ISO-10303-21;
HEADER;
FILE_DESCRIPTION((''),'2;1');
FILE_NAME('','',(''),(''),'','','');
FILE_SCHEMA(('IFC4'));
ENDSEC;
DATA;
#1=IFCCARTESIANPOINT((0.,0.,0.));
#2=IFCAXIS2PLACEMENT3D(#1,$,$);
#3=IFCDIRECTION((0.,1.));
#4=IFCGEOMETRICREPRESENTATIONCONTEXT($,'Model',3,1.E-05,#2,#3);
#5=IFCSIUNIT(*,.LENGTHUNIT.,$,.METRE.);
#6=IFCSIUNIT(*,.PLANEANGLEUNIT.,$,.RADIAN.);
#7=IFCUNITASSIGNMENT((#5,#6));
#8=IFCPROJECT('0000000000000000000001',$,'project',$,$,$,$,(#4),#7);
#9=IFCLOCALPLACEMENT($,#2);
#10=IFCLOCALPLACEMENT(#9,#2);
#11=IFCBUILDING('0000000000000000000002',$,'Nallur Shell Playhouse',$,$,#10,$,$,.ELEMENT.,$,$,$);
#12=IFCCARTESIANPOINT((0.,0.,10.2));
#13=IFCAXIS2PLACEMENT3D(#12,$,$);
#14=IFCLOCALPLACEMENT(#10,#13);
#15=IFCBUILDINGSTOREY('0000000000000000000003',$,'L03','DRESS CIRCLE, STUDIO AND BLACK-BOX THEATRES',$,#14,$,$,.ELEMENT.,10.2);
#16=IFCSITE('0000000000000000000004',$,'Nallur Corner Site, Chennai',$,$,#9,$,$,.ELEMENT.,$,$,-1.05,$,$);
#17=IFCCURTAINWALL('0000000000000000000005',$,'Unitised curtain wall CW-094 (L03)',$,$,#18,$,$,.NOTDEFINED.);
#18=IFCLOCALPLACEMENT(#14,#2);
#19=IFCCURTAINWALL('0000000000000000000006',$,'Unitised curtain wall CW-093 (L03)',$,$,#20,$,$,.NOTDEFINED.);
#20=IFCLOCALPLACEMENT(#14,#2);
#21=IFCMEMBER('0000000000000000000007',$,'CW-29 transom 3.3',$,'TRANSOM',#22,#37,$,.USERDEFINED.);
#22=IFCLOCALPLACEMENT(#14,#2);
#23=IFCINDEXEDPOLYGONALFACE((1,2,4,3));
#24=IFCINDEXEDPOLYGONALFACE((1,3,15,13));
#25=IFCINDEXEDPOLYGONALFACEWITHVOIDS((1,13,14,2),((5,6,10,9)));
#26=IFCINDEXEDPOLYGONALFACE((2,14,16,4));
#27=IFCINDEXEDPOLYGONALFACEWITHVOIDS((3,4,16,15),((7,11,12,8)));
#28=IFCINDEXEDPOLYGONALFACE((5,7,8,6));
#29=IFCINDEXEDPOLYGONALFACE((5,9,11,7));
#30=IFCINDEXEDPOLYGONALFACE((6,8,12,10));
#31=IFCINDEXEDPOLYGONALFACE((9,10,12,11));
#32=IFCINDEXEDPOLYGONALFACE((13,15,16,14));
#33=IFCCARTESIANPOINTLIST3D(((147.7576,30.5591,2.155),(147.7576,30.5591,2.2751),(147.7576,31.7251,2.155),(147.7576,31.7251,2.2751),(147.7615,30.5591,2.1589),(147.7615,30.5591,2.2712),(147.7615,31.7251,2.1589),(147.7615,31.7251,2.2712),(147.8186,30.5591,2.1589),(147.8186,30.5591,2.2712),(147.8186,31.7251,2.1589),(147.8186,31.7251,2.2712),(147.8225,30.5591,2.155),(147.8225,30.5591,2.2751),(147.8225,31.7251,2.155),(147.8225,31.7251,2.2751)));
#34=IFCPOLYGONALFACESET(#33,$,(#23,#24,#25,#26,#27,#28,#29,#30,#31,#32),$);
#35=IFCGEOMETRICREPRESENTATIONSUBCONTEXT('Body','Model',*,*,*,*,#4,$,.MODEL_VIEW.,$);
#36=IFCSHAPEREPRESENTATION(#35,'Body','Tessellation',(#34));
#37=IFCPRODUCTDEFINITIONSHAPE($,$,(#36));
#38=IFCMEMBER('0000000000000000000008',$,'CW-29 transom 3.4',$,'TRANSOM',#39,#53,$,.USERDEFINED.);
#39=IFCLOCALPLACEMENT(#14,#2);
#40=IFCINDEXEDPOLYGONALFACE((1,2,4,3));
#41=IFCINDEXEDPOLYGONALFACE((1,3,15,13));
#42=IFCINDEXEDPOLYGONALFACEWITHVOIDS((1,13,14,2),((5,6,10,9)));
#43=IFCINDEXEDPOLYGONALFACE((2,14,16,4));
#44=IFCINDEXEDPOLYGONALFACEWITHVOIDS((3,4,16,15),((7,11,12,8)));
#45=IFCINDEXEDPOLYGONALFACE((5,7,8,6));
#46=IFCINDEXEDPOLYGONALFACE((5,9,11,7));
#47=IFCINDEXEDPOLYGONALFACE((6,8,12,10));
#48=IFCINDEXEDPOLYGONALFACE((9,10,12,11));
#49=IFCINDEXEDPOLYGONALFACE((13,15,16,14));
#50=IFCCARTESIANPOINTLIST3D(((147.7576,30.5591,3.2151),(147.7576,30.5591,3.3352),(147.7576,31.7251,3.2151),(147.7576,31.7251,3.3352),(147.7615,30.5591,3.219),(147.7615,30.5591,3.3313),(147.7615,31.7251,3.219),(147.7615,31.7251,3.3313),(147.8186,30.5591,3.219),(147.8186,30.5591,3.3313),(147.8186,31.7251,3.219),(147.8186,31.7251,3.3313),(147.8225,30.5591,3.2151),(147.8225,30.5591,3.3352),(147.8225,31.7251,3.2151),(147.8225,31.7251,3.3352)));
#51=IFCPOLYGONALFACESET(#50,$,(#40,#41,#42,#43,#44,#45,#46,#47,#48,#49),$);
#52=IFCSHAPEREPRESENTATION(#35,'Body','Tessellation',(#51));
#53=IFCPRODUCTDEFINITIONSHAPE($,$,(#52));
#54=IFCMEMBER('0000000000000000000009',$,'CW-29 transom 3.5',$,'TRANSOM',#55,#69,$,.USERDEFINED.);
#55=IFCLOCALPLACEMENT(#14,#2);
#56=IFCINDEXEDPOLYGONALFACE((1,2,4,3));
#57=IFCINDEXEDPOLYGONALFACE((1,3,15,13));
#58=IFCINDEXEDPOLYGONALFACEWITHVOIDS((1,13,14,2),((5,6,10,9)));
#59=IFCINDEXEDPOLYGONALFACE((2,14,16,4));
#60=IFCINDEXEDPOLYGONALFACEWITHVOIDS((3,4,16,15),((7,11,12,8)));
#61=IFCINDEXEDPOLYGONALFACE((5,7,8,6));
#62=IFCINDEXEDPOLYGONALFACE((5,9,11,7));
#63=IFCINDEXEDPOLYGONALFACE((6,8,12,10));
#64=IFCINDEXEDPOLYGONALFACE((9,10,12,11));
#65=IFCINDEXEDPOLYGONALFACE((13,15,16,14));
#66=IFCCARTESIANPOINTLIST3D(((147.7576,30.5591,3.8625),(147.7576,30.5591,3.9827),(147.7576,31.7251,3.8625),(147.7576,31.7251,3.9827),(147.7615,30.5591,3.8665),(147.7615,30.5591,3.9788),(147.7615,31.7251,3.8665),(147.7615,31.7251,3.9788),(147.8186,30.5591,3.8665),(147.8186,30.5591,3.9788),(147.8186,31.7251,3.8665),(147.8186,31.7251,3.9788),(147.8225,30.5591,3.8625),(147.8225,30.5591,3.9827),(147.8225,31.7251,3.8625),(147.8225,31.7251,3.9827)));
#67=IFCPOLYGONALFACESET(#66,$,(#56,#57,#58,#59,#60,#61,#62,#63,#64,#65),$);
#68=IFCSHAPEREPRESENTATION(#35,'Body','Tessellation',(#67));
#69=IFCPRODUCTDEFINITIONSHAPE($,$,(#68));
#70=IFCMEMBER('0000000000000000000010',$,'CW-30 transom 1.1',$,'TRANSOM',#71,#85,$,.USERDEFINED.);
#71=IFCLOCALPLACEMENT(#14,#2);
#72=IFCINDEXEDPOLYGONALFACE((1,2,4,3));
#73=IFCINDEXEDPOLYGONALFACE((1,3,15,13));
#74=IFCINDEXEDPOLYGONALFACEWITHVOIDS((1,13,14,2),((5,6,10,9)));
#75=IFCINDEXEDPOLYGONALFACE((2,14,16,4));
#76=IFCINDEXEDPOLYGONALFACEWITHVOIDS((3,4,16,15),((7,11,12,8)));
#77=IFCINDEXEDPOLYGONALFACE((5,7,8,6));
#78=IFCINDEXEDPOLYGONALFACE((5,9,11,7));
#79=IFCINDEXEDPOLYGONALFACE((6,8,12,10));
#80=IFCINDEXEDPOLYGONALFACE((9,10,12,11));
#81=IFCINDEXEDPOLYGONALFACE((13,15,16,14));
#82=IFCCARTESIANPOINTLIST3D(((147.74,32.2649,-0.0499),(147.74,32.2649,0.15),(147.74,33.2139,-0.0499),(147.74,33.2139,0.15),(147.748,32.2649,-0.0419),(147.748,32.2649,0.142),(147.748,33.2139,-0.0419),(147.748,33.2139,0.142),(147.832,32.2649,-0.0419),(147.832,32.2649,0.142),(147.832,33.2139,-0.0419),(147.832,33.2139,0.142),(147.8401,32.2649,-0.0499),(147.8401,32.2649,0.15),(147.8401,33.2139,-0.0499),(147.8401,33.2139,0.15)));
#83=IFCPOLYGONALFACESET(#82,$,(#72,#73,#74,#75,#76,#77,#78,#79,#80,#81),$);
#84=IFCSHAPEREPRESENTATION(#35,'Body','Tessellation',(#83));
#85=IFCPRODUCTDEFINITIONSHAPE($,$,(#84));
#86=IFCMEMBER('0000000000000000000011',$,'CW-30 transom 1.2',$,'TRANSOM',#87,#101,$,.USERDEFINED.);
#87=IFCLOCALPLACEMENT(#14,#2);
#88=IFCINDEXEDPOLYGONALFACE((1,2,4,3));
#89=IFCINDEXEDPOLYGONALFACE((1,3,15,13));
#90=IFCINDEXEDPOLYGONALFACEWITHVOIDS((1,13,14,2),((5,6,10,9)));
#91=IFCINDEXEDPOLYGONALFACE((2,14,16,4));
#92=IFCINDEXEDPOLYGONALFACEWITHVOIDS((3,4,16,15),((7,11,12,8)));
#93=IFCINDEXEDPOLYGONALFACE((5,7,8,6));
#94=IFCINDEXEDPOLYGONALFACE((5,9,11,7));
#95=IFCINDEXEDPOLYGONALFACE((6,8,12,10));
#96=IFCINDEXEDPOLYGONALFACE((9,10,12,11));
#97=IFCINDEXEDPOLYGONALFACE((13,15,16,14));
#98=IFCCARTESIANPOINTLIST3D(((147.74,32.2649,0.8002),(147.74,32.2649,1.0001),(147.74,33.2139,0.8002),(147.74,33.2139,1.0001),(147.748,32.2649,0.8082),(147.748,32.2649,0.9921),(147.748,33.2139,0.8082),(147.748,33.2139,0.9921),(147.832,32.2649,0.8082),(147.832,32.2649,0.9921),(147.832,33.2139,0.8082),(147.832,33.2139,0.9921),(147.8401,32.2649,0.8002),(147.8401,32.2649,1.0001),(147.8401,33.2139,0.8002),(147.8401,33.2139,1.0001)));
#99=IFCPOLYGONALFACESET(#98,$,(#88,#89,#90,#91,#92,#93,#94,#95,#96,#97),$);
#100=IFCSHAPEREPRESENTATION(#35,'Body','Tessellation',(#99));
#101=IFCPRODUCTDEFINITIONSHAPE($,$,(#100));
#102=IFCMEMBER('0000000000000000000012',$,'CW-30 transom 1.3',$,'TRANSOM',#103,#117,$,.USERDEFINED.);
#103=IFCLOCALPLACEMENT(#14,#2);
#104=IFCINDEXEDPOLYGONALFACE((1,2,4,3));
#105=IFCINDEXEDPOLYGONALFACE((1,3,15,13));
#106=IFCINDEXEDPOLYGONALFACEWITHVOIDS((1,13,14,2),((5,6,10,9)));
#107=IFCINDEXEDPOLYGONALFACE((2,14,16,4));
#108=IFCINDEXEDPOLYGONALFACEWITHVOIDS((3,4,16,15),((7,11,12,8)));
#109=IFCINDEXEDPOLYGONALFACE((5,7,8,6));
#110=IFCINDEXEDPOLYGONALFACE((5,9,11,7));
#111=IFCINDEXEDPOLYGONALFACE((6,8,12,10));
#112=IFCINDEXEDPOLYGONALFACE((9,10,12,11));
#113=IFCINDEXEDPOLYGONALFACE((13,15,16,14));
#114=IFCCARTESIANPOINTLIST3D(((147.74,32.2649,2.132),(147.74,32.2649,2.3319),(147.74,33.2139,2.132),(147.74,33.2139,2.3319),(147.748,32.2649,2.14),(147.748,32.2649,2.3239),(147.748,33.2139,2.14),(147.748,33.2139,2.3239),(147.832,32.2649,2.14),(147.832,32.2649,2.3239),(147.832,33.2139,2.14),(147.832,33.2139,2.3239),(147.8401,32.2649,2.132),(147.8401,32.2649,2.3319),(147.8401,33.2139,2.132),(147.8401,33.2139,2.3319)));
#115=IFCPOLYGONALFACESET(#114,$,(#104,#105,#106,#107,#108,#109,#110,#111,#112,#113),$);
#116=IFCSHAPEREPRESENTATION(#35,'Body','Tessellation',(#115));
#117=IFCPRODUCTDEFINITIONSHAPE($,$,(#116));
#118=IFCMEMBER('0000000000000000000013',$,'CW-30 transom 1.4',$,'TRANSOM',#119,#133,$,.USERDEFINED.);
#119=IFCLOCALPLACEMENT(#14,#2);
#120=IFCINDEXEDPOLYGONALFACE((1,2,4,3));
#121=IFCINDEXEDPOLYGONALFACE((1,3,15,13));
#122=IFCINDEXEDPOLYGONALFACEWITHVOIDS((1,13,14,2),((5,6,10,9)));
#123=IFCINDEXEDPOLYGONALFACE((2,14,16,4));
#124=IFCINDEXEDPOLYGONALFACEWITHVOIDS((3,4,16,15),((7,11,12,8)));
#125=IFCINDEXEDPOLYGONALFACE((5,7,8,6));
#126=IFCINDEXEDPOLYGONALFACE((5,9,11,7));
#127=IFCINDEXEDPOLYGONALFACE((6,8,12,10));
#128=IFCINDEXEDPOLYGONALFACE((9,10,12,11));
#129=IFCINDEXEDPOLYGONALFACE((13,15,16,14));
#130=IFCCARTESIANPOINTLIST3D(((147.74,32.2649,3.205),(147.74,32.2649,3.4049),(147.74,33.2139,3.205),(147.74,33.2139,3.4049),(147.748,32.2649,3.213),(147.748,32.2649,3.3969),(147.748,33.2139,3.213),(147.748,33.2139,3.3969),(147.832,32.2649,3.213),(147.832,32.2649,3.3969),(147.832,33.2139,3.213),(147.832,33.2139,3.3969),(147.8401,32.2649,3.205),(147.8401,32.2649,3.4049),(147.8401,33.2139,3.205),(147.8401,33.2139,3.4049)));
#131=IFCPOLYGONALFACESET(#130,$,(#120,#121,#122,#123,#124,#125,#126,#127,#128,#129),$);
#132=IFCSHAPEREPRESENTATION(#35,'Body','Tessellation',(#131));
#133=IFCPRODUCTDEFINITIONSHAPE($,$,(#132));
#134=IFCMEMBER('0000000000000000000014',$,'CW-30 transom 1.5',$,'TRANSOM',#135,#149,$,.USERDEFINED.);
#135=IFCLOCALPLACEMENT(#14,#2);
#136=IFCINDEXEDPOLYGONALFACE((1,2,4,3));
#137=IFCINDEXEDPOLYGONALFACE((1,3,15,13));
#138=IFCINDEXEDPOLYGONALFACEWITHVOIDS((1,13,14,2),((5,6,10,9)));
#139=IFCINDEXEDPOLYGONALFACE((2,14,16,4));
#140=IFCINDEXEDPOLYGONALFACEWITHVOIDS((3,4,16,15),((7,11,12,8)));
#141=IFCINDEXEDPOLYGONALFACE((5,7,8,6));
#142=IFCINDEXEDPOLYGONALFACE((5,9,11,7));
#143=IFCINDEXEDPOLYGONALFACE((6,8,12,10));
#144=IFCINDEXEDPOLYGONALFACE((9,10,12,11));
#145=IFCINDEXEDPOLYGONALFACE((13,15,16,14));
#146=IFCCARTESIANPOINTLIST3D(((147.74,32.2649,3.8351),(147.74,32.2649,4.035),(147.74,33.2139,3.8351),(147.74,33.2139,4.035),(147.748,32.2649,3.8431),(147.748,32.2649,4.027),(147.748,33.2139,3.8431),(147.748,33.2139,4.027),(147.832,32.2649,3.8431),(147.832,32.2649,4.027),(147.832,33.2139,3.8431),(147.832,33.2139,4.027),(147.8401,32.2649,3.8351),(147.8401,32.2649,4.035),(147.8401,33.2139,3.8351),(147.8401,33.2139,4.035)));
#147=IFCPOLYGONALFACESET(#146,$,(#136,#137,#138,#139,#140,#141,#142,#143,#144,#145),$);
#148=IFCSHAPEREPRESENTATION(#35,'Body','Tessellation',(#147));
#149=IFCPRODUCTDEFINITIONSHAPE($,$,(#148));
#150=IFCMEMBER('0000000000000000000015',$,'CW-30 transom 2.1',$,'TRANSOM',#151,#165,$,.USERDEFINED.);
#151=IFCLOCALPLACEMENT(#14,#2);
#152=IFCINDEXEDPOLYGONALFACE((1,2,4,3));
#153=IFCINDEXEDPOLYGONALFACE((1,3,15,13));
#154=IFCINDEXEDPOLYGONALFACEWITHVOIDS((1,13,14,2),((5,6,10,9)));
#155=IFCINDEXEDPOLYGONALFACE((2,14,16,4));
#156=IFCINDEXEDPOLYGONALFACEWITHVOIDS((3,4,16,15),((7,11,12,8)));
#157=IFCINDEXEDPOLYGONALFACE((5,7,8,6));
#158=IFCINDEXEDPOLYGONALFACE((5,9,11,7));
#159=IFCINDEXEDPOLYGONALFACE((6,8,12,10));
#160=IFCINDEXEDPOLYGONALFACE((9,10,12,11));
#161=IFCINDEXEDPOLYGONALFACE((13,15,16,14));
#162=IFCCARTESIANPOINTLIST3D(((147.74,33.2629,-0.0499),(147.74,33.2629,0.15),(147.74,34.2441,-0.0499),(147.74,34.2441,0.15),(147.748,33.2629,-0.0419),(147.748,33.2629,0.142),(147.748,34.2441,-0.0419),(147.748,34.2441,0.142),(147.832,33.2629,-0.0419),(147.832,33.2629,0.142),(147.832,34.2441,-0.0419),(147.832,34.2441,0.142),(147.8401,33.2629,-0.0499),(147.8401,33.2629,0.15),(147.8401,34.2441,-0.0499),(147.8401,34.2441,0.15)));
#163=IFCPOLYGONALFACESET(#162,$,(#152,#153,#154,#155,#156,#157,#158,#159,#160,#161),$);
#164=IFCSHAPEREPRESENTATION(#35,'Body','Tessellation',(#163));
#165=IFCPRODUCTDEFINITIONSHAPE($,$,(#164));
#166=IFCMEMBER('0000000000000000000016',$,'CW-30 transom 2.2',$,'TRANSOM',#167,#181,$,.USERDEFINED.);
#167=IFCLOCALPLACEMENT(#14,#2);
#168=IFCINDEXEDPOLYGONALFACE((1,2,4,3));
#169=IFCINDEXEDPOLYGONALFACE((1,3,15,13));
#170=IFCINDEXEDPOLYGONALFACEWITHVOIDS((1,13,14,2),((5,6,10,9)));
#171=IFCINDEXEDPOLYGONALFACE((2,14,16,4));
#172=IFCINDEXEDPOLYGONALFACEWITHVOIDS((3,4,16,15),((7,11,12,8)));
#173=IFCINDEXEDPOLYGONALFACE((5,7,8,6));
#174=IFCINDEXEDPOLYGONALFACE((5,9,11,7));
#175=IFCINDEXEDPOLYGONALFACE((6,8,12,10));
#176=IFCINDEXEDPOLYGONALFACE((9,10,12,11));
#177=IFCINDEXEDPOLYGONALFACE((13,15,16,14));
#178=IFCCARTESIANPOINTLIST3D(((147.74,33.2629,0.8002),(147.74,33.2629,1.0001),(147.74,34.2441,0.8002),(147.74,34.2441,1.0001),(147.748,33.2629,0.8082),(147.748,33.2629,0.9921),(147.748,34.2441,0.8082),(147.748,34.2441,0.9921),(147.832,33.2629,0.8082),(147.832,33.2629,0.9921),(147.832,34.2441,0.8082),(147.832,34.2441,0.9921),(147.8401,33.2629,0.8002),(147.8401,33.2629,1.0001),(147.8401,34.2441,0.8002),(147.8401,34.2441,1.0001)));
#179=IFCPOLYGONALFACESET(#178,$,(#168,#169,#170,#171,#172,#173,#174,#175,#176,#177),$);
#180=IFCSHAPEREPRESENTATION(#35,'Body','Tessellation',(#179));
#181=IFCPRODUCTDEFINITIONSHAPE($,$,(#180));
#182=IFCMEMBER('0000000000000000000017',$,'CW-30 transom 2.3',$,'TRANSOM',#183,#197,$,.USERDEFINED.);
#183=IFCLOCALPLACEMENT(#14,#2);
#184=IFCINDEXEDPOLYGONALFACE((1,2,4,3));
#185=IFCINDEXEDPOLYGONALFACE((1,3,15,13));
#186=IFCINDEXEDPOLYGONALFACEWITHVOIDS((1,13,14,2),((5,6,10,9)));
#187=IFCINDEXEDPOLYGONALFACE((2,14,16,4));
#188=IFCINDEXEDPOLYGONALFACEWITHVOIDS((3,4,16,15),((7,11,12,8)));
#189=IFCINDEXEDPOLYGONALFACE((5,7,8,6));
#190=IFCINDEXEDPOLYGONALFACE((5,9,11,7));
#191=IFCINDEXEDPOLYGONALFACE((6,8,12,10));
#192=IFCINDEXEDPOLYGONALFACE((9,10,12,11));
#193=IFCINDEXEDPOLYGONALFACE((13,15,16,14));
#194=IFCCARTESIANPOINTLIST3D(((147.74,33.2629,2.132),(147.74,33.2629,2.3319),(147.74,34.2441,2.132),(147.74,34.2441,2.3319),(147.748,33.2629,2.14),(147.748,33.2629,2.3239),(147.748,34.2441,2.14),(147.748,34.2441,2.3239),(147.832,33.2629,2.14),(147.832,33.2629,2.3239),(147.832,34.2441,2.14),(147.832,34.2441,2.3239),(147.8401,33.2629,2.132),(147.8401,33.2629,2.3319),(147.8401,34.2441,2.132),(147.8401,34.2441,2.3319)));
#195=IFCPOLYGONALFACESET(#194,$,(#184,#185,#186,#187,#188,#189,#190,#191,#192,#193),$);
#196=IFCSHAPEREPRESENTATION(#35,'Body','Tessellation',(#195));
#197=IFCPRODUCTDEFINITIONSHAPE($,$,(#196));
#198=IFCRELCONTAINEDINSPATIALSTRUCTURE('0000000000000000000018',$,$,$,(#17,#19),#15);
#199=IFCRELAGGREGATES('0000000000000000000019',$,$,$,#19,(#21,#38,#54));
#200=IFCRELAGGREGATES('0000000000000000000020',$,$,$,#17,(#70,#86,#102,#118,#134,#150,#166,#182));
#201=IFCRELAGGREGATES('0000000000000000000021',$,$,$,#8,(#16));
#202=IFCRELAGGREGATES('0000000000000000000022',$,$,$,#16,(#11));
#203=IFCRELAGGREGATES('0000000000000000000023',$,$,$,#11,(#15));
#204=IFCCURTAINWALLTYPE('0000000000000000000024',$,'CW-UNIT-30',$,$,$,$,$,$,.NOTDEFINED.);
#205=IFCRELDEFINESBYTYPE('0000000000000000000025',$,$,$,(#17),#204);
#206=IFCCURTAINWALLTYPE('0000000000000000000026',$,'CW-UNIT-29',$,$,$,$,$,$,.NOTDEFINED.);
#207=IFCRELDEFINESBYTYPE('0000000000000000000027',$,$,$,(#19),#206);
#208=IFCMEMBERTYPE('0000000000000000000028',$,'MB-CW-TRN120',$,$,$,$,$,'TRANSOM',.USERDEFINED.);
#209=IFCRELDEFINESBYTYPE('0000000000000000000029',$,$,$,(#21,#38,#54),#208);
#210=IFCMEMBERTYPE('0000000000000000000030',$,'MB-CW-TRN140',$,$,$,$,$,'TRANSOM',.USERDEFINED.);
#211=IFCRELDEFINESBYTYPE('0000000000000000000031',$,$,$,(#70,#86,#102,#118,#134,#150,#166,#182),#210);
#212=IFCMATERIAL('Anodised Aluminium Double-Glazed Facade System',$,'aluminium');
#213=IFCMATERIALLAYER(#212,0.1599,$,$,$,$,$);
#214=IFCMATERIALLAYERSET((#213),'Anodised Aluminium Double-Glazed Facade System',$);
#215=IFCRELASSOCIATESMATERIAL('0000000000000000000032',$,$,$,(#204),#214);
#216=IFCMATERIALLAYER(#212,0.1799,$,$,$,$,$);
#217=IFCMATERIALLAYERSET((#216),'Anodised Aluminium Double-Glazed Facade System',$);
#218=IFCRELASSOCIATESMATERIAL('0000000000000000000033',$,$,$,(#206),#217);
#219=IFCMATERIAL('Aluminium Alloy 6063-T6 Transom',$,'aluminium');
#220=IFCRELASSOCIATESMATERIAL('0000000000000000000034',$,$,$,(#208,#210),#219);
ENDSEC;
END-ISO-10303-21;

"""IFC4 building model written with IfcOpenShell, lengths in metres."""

from ifc_helpers import new_model, si_unit, direction, frame, origin, origin_2d, place, context, subcontext, project, spatial, hollow_rectangle, extrude, material, layer, layer_set, material_profile, profile_set, type_object, element, aggregate, save


model = new_model("IFC4")

# Units and contexts
model_context = context("Model", 3, precision=1e-05, world=origin(), true_north=direction((0.0, 1.0)))
body_context = subcontext(model_context, "Body", "Model", "MODEL_VIEW")
ifc_project = project(units=[si_unit("LENGTHUNIT", "METRE"), si_unit("PLANEANGLEUNIT", "RADIAN")], contexts=[model_context])

# Site, building, storey
site_placement = place(None, origin())
site = spatial("IfcSite", under=ifc_project, at=site_placement, Name="Nallur Corner Site, Chennai", CompositionType="ELEMENT", RefElevation=-1.05)
building_placement = place(site_placement, origin())
building = spatial("IfcBuilding", under=site, at=building_placement, Name="Nallur Shell Playhouse", CompositionType="ELEMENT")
storey_placement = place(building_placement, frame((0.0, 0.0, 10.2)))
storey = spatial("IfcBuildingStorey", under=building, at=storey_placement, Name="L03", Description="DRESS CIRCLE, STUDIO AND BLACK-BOX THEATRES", CompositionType="ELEMENT", Elevation=10.2)

# Curtain walls, members
ifc_material_1 = material(Name="Anodised Aluminium Double-Glazed Facade System", Category="aluminium")
ifc_layer_1 = layer(ifc_material_1, 0.1599)
ifc_layer_set_1 = layer_set([ifc_layer_1], Name="Anodised Aluminium Double-Glazed Facade System")
curtain_wall_type_1 = type_object("IfcCurtainWallType", Name="CW-UNIT-30", PredefinedType="NOTDEFINED", material=ifc_layer_set_1)
curtain_wall_1_placement = place(storey_placement, origin())
curtain_wall_1 = element("IfcCurtainWall", 1, at=curtain_wall_1_placement, inside=storey, type_object=curtain_wall_type_1, Name="Unitised curtain wall CW-094 (L03)", PredefinedType="NOTDEFINED")
ifc_layer_2 = layer(ifc_material_1, 0.1799)
ifc_layer_set_2 = layer_set([ifc_layer_2], Name="Anodised Aluminium Double-Glazed Facade System")
curtain_wall_type_2 = type_object("IfcCurtainWallType", Name="CW-UNIT-29", PredefinedType="NOTDEFINED", material=ifc_layer_set_2)
curtain_wall_2_placement = place(storey_placement, origin())
curtain_wall_2 = element("IfcCurtainWall", 2, at=curtain_wall_2_placement, inside=storey, type_object=curtain_wall_type_2, Name="Unitised curtain wall CW-093 (L03)", PredefinedType="NOTDEFINED")
ifc_material_2 = material(Name="Aluminium Alloy 6063-T6 Transom", Category="aluminium")
ifc_material_profile_1 = material_profile(ifc_material_2, hollow_rectangle(XDim=0.0649, YDim=0.1201, WallThickness=0.0039, at=origin_2d()), Name="ALU 65x120x4")
ifc_profile_set_1 = profile_set([ifc_material_profile_1], Name="Aluminium Alloy 6063-T6 Transom")
member_type_1 = type_object("IfcMemberType", Name="MB-CW-TRN120", ElementType="TRANSOM", PredefinedType="USERDEFINED", material=ifc_profile_set_1)
member_1_placement = place(storey_placement, frame((147.79, 30.5591, 2.2151), z_axis=(0.0, 1.0, 0.0), x_axis=(-1.0, 0.0, 0.0)))
member_1 = element("IfcMember", 3, at=member_1_placement, type_object=member_type_1, Name="CW-29 transom 3.3", ObjectType="TRANSOM", PredefinedType="USERDEFINED", context=body_context, shape_type="SweptSolid", body=[
    extrude(hollow_rectangle(XDim=0.0649, YDim=0.1201, WallThickness=0.0039, at=origin_2d()), origin(), (0.0, 0.0, 1.0), 1.166),
])
member_2_placement = place(storey_placement, frame((147.79, 30.5591, 3.2751), z_axis=(0.0, 1.0, 0.0), x_axis=(-1.0, 0.0, 0.0)))
member_2 = element("IfcMember", 4, at=member_2_placement, type_object=member_type_1, Name="CW-29 transom 3.4", ObjectType="TRANSOM", PredefinedType="USERDEFINED", context=body_context, shape_type="SweptSolid", body=[
    extrude(hollow_rectangle(XDim=0.0649, YDim=0.1201, WallThickness=0.0039, at=origin_2d()), origin(), (0.0, 0.0, 1.0), 1.166),
])
member_3_placement = place(storey_placement, frame((147.79, 30.5591, 3.9226), z_axis=(0.0, 1.0, 0.0), x_axis=(-1.0, 0.0, 0.0)))
member_3 = element("IfcMember", 5, at=member_3_placement, type_object=member_type_1, Name="CW-29 transom 3.5", ObjectType="TRANSOM", PredefinedType="USERDEFINED", context=body_context, shape_type="SweptSolid", body=[
    extrude(hollow_rectangle(XDim=0.0649, YDim=0.1201, WallThickness=0.0039, at=origin_2d()), origin(), (0.0, 0.0, 1.0), 1.166),
])

# Members
ifc_material_profile_2 = material_profile(ifc_material_2, hollow_rectangle(XDim=0.1001, YDim=0.2, WallThickness=0.0081, at=origin_2d()), Name="RHS 200x100x8")
ifc_profile_set_2 = profile_set([ifc_material_profile_2], Name="Aluminium Alloy 6063-T6 Transom")
member_type_2 = type_object("IfcMemberType", Name="MB-CW-TRN140", ElementType="TRANSOM", PredefinedType="USERDEFINED", material=ifc_profile_set_2)
member_4_placement = place(storey_placement, frame((147.79, 32.2649, 0.05), z_axis=(0.0, 1.0, 0.0), x_axis=(-1.0, 0.0, 0.0)))
member_4 = element("IfcMember", 6, at=member_4_placement, type_object=member_type_2, Name="CW-30 transom 1.1", ObjectType="TRANSOM", PredefinedType="USERDEFINED", context=body_context, shape_type="SweptSolid", body=[
    extrude(hollow_rectangle(XDim=0.1001, YDim=0.2, WallThickness=0.0081, at=origin_2d()), origin(), (0.0, 0.0, 1.0), 0.949),
])
member_5_placement = place(storey_placement, frame((147.79, 32.2649, 0.9001), z_axis=(0.0, 1.0, 0.0), x_axis=(-1.0, 0.0, 0.0)))
member_5 = element("IfcMember", 7, at=member_5_placement, type_object=member_type_2, Name="CW-30 transom 1.2", ObjectType="TRANSOM", PredefinedType="USERDEFINED", context=body_context, shape_type="SweptSolid", body=[
    extrude(hollow_rectangle(XDim=0.1001, YDim=0.2, WallThickness=0.0081, at=origin_2d()), origin(), (0.0, 0.0, 1.0), 0.949),
])
member_6_placement = place(storey_placement, frame((147.79, 32.2649, 2.2319), z_axis=(0.0, 1.0, 0.0), x_axis=(-1.0, 0.0, 0.0)))
member_6 = element("IfcMember", 8, at=member_6_placement, type_object=member_type_2, Name="CW-30 transom 1.3", ObjectType="TRANSOM", PredefinedType="USERDEFINED", context=body_context, shape_type="SweptSolid", body=[
    extrude(hollow_rectangle(XDim=0.1001, YDim=0.2, WallThickness=0.0081, at=origin_2d()), origin(), (0.0, 0.0, 1.0), 0.949),
])
member_7_placement = place(storey_placement, frame((147.79, 32.2649, 3.3049), z_axis=(0.0, 1.0, 0.0), x_axis=(-1.0, 0.0, 0.0)))
member_7 = element("IfcMember", 9, at=member_7_placement, type_object=member_type_2, Name="CW-30 transom 1.4", ObjectType="TRANSOM", PredefinedType="USERDEFINED", context=body_context, shape_type="SweptSolid", body=[
    extrude(hollow_rectangle(XDim=0.1001, YDim=0.2, WallThickness=0.0081, at=origin_2d()), origin(), (0.0, 0.0, 1.0), 0.949),
])
member_8_placement = place(storey_placement, frame((147.79, 32.2649, 3.9351), z_axis=(0.0, 1.0, 0.0), x_axis=(-1.0, 0.0, 0.0)))
member_8 = element("IfcMember", 10, at=member_8_placement, type_object=member_type_2, Name="CW-30 transom 1.5", ObjectType="TRANSOM", PredefinedType="USERDEFINED", context=body_context, shape_type="SweptSolid", body=[
    extrude(hollow_rectangle(XDim=0.1001, YDim=0.2, WallThickness=0.0081, at=origin_2d()), origin(), (0.0, 0.0, 1.0), 0.949),
])
member_9_placement = place(storey_placement, frame((147.79, 33.2629, 0.05), z_axis=(0.0, 1.0, 0.0), x_axis=(-1.0, 0.0, 0.0)))
member_9 = element("IfcMember", 11, at=member_9_placement, type_object=member_type_2, Name="CW-30 transom 2.1", ObjectType="TRANSOM", PredefinedType="USERDEFINED", context=body_context, shape_type="SweptSolid", body=[
    extrude(hollow_rectangle(XDim=0.1001, YDim=0.2, WallThickness=0.0081, at=origin_2d()), origin(), (0.0, 0.0, 1.0), 0.9812),
])
member_10_placement = place(storey_placement, frame((147.79, 33.2629, 0.9001), z_axis=(0.0, 1.0, 0.0), x_axis=(-1.0, 0.0, 0.0)))
member_10 = element("IfcMember", 12, at=member_10_placement, type_object=member_type_2, Name="CW-30 transom 2.2", ObjectType="TRANSOM", PredefinedType="USERDEFINED", context=body_context, shape_type="SweptSolid", body=[
    extrude(hollow_rectangle(XDim=0.1001, YDim=0.2, WallThickness=0.0081, at=origin_2d()), origin(), (0.0, 0.0, 1.0), 0.9812),
])
member_11_placement = place(storey_placement, frame((147.79, 33.2629, 2.2319), z_axis=(0.0, 1.0, 0.0), x_axis=(-1.0, 0.0, 0.0)))
member_11 = element("IfcMember", 13, at=member_11_placement, type_object=member_type_2, Name="CW-30 transom 2.3", ObjectType="TRANSOM", PredefinedType="USERDEFINED", context=body_context, shape_type="SweptSolid", body=[
    extrude(hollow_rectangle(XDim=0.1001, YDim=0.2, WallThickness=0.0081, at=origin_2d()), origin(), (0.0, 0.0, 1.0), 0.9812),
])

aggregate(curtain_wall_2, [member_1, member_2, member_3])
aggregate(curtain_wall_1, [member_4, member_5, member_6, member_7, member_8, member_9, member_10, member_11])

save(model, "model.ifc")
